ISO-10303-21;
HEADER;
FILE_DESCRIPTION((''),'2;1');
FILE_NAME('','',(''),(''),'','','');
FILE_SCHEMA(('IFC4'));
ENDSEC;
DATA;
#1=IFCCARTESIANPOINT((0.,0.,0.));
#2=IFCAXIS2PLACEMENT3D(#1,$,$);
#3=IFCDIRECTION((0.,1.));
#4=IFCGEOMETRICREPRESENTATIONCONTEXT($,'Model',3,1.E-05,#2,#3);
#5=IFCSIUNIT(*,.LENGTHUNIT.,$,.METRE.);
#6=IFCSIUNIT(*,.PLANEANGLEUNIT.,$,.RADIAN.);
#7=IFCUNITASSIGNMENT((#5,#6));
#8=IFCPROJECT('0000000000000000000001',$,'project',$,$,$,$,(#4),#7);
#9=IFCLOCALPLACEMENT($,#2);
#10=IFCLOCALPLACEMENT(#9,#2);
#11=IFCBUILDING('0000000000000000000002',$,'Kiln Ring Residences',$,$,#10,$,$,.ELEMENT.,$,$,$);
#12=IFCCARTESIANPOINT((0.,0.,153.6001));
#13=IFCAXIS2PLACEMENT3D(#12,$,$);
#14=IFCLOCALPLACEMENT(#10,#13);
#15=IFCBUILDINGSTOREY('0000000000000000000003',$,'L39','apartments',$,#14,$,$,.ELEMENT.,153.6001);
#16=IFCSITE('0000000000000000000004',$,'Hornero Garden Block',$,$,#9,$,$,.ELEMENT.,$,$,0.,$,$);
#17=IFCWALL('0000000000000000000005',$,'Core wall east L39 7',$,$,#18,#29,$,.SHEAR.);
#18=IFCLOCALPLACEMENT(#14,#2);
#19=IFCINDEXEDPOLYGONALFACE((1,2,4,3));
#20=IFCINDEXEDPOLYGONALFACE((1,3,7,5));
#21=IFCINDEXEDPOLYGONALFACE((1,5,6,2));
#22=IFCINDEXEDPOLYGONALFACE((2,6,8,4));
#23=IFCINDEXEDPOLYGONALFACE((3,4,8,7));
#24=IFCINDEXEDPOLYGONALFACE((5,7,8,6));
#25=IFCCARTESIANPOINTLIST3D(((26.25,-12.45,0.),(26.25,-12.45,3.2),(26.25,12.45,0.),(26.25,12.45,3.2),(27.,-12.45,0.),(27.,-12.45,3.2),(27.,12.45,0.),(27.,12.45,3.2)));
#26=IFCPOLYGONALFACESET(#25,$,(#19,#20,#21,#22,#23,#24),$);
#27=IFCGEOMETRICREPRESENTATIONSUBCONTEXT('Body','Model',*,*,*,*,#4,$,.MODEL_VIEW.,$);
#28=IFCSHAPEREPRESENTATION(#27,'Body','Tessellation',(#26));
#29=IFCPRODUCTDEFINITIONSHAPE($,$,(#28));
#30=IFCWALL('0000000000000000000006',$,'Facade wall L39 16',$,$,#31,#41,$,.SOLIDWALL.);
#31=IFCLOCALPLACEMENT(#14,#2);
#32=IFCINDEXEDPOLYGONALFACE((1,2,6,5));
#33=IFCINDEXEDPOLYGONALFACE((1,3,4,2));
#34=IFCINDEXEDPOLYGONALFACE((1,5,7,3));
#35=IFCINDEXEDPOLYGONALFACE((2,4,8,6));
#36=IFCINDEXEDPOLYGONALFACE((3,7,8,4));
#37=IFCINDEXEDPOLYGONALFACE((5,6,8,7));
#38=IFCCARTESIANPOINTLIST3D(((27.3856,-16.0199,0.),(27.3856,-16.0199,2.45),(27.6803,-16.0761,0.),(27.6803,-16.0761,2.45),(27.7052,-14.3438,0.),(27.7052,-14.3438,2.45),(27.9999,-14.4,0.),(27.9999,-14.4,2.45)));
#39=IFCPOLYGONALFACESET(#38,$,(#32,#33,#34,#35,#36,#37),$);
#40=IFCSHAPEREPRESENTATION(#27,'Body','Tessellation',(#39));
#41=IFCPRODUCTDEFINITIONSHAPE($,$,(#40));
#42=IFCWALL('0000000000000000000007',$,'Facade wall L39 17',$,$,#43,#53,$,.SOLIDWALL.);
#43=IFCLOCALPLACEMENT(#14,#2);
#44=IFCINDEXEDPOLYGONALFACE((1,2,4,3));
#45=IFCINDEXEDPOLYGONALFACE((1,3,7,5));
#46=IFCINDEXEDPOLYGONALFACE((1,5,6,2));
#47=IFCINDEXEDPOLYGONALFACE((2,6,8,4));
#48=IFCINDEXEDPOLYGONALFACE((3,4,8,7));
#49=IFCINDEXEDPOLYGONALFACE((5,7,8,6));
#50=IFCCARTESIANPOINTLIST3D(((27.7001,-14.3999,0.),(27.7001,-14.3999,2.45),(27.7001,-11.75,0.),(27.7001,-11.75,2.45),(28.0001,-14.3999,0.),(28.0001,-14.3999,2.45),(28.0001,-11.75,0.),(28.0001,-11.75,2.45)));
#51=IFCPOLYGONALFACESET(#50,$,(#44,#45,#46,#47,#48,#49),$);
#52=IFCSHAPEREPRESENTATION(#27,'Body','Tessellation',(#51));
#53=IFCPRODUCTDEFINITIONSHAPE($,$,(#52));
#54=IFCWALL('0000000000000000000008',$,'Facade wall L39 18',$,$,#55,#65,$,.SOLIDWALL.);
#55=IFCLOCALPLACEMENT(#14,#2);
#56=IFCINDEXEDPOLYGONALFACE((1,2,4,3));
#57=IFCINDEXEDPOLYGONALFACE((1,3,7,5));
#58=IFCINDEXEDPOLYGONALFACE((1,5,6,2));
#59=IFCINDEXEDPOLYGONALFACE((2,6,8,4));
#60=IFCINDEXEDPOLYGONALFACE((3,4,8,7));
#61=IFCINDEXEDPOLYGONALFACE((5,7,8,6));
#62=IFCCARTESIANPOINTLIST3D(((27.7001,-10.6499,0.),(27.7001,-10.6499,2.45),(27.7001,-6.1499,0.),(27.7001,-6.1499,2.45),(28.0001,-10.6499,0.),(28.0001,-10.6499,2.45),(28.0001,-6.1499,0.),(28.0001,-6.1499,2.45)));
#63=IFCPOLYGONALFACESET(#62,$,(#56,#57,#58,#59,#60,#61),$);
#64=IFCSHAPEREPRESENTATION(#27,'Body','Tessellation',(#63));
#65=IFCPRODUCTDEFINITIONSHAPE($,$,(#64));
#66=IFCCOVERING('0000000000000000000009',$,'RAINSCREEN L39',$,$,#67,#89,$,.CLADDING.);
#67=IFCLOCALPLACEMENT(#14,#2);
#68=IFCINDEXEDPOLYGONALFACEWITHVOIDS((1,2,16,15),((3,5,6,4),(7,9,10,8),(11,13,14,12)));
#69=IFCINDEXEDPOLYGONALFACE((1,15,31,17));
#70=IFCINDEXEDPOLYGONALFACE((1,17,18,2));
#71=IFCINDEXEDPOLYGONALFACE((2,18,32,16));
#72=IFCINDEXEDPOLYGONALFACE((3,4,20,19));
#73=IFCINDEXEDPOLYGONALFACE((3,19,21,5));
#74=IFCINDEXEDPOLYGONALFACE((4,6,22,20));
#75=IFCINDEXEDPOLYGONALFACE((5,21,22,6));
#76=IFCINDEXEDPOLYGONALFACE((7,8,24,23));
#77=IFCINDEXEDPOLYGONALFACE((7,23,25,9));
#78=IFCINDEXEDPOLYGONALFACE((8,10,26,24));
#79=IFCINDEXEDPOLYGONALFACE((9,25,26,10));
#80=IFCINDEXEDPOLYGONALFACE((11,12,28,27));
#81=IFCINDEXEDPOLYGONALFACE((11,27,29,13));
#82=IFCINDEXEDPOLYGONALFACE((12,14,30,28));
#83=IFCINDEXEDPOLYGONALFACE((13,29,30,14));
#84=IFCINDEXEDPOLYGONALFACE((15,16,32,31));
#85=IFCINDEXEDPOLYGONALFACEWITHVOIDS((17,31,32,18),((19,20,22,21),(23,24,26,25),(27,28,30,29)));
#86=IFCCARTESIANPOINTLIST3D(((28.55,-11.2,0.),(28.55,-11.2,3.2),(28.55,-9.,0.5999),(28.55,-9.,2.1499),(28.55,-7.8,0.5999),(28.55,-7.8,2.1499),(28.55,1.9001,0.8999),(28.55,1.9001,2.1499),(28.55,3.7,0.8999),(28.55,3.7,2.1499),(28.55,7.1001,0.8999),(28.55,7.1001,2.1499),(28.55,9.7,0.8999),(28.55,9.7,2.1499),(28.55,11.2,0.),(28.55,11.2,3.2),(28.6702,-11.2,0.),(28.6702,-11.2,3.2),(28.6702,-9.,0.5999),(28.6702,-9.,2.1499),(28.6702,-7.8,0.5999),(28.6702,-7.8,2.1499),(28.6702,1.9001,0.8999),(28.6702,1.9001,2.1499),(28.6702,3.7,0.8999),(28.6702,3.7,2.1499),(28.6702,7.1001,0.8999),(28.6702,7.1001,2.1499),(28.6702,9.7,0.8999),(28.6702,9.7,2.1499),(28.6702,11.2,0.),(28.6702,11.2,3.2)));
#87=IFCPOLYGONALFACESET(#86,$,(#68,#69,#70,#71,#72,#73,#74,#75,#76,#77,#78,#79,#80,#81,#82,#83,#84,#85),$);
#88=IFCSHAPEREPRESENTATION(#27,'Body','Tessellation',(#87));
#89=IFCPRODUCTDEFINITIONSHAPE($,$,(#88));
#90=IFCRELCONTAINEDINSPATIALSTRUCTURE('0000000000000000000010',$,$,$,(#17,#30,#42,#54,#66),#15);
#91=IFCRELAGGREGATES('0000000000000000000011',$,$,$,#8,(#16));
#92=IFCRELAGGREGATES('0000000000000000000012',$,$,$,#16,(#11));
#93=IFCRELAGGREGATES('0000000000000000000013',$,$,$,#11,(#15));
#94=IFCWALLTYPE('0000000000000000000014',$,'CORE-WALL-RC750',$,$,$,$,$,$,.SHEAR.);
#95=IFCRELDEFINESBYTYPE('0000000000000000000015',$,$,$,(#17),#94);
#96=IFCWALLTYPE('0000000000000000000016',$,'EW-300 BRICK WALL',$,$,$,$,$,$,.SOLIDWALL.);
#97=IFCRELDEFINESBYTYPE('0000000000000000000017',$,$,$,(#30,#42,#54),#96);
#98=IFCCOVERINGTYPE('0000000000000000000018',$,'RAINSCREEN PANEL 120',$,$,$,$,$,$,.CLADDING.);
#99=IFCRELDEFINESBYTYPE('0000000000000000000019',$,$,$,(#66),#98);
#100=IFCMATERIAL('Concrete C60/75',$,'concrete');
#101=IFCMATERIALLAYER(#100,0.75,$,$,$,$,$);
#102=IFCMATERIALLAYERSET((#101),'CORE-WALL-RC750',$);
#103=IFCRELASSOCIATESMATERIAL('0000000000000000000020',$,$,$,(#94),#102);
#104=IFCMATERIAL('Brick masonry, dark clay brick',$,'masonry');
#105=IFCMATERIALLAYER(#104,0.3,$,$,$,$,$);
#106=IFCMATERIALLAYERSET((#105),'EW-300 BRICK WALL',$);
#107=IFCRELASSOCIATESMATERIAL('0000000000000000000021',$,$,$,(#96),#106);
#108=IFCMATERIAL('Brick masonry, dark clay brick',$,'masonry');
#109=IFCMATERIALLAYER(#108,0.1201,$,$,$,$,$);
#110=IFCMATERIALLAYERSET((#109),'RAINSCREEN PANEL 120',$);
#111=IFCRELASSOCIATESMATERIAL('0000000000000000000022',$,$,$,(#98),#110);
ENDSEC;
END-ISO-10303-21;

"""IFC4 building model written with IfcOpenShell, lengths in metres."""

from ifc_helpers import new_model, si_unit, direction, frame, frame_2d, origin, place, context, subcontext, project, spatial, polyline, rectangle, outline, extrude, material, layer, layer_set, type_object, element, save


model = new_model("IFC4")

# Units and contexts
model_context = context("Model", 3, precision=1e-05, world=origin(), true_north=direction((0.0, 1.0)))
body_context = subcontext(model_context, "Body", "Model", "MODEL_VIEW")
ifc_project = project(units=[si_unit("LENGTHUNIT", "METRE"), si_unit("PLANEANGLEUNIT", "RADIAN")], contexts=[model_context])

# Site, building, storey
site_placement = place(None, origin())
site = spatial("IfcSite", under=ifc_project, at=site_placement, Name="Hornero Garden Block", CompositionType="ELEMENT", RefElevation=0.0)
building_placement = place(site_placement, origin())
building = spatial("IfcBuilding", under=site, at=building_placement, Name="Kiln Ring Residences", CompositionType="ELEMENT")
storey_placement = place(building_placement, frame((0.0, 0.0, 153.6001)))
storey = spatial("IfcBuildingStorey", under=building, at=storey_placement, Name="L39", Description="apartments", CompositionType="ELEMENT", Elevation=153.6001)

# Walls
ifc_material_1 = material(Name="Concrete C60/75", Category="concrete")
ifc_layer_1 = layer(ifc_material_1, 0.75)
ifc_layer_set_1 = layer_set([ifc_layer_1], Name="CORE-WALL-RC750")
wall_type_1 = type_object("IfcWallType", Name="CORE-WALL-RC750", PredefinedType="SHEAR", material=ifc_layer_set_1)
wall_1_placement = place(storey_placement, frame((26.625, -12.45, 0.0), z_axis=(0.0, 0.0, 1.0), x_axis=(0.0, 1.0, 0.0)))
element("IfcWall", 1, at=wall_1_placement, inside=storey, type_object=wall_type_1, Name="Core wall east L39 7", PredefinedType="SHEAR", context=body_context, shape_type="SweptSolid", body=[
    extrude(rectangle(XDim=24.8999, YDim=0.75, at=frame_2d((12.45, 0.0))), origin(), (0.0, 0.0, 1.0), 3.2),
])
ifc_material_2 = material(Name="Brick masonry, dark clay brick", Category="masonry")
ifc_layer_2 = layer(ifc_material_2, 0.3)
ifc_layer_set_2 = layer_set([ifc_layer_2], Name="EW-300 BRICK WALL")
wall_type_2 = type_object("IfcWallType", Name="EW-300 BRICK WALL", PredefinedType="SOLIDWALL", material=ifc_layer_set_2)
wall_2_placement = place(storey_placement, frame((27.533, -16.0479, 0.0), z_axis=(0.0, 0.0, 1.0), x_axis=(0.187303, 0.982302, 0.0)))
element("IfcWall", 2, at=wall_2_placement, inside=storey, type_object=wall_type_2, Name="Facade wall L39 16", PredefinedType="SOLIDWALL", context=body_context, shape_type="SweptSolid", body=[
    extrude(rectangle(XDim=1.7063, YDim=0.3, at=frame_2d((0.853, 0.0))), origin(), (0.0, 0.0, 1.0), 2.45),
])
wall_3_placement = place(storey_placement, frame((27.8501, -14.3999, 0.0), z_axis=(0.0, 0.0, 1.0), x_axis=(0.0, 1.0, 0.0)))
element("IfcWall", 3, at=wall_3_placement, inside=storey, type_object=wall_type_2, Name="Facade wall L39 17", PredefinedType="SOLIDWALL", context=body_context, shape_type="SweptSolid", body=[
    extrude(rectangle(XDim=2.6499, YDim=0.3, at=frame_2d((1.325, 0.0))), origin(), (0.0, 0.0, 1.0), 2.45),
])
wall_4_placement = place(storey_placement, frame((27.8501, -10.6499, 0.0), z_axis=(0.0, 0.0, 1.0), x_axis=(0.0, 1.0, 0.0)))
element("IfcWall", 4, at=wall_4_placement, inside=storey, type_object=wall_type_2, Name="Facade wall L39 18", PredefinedType="SOLIDWALL", context=body_context, shape_type="SweptSolid", body=[
    extrude(rectangle(XDim=4.5, YDim=0.3, at=frame_2d((2.25, 0.0))), origin(), (0.0, 0.0, 1.0), 2.45),
])

# Covering
ifc_material_3 = material(Name="Brick masonry, dark clay brick", Category="masonry")
ifc_layer_3 = layer(ifc_material_3, 0.1201)
ifc_layer_set_3 = layer_set([ifc_layer_3], Name="RAINSCREEN PANEL 120")
covering_type = type_object("IfcCoveringType", Name="RAINSCREEN PANEL 120", PredefinedType="CLADDING", material=ifc_layer_set_3)
covering_placement = place(storey_placement, frame((28.6101, -11.2, 0.0), z_axis=(0.0, 0.0, 1.0), x_axis=(0.0, 1.0, 0.0)))
element("IfcCovering", 5, at=covering_placement, inside=storey, type_object=covering_type, Name="RAINSCREEN L39", PredefinedType="CLADDING", context=body_context, shape_type="SweptSolid", body=[
    extrude(outline(polyline([(0.0, 0.0), (22.3999, 0.0), (22.3999, 3.2), (0.0, 3.2), (0.0, 0.0)]), holes=[polyline([(3.3999, 2.1499), (2.2, 2.1499), (2.2, 0.5999), (3.3999, 0.5999), (3.3999, 2.1499)]), polyline([(14.8999, 0.8999), (14.8999, 2.1499), (13.1001, 2.1499), (13.1001, 0.8999), (14.8999, 0.8999)]), polyline([(20.8999, 0.8999), (20.8999, 2.1499), (18.3, 2.1499), (18.3, 0.8999), (20.8999, 0.8999)])]), frame((0.0, 0.0601, 0.0), z_axis=(0.0, -1.0, 0.0), x_axis=(1.0, 0.0, 0.0)), (0.0, 0.0, 1.0), 0.1201),
])

save(model, "model.ifc")
